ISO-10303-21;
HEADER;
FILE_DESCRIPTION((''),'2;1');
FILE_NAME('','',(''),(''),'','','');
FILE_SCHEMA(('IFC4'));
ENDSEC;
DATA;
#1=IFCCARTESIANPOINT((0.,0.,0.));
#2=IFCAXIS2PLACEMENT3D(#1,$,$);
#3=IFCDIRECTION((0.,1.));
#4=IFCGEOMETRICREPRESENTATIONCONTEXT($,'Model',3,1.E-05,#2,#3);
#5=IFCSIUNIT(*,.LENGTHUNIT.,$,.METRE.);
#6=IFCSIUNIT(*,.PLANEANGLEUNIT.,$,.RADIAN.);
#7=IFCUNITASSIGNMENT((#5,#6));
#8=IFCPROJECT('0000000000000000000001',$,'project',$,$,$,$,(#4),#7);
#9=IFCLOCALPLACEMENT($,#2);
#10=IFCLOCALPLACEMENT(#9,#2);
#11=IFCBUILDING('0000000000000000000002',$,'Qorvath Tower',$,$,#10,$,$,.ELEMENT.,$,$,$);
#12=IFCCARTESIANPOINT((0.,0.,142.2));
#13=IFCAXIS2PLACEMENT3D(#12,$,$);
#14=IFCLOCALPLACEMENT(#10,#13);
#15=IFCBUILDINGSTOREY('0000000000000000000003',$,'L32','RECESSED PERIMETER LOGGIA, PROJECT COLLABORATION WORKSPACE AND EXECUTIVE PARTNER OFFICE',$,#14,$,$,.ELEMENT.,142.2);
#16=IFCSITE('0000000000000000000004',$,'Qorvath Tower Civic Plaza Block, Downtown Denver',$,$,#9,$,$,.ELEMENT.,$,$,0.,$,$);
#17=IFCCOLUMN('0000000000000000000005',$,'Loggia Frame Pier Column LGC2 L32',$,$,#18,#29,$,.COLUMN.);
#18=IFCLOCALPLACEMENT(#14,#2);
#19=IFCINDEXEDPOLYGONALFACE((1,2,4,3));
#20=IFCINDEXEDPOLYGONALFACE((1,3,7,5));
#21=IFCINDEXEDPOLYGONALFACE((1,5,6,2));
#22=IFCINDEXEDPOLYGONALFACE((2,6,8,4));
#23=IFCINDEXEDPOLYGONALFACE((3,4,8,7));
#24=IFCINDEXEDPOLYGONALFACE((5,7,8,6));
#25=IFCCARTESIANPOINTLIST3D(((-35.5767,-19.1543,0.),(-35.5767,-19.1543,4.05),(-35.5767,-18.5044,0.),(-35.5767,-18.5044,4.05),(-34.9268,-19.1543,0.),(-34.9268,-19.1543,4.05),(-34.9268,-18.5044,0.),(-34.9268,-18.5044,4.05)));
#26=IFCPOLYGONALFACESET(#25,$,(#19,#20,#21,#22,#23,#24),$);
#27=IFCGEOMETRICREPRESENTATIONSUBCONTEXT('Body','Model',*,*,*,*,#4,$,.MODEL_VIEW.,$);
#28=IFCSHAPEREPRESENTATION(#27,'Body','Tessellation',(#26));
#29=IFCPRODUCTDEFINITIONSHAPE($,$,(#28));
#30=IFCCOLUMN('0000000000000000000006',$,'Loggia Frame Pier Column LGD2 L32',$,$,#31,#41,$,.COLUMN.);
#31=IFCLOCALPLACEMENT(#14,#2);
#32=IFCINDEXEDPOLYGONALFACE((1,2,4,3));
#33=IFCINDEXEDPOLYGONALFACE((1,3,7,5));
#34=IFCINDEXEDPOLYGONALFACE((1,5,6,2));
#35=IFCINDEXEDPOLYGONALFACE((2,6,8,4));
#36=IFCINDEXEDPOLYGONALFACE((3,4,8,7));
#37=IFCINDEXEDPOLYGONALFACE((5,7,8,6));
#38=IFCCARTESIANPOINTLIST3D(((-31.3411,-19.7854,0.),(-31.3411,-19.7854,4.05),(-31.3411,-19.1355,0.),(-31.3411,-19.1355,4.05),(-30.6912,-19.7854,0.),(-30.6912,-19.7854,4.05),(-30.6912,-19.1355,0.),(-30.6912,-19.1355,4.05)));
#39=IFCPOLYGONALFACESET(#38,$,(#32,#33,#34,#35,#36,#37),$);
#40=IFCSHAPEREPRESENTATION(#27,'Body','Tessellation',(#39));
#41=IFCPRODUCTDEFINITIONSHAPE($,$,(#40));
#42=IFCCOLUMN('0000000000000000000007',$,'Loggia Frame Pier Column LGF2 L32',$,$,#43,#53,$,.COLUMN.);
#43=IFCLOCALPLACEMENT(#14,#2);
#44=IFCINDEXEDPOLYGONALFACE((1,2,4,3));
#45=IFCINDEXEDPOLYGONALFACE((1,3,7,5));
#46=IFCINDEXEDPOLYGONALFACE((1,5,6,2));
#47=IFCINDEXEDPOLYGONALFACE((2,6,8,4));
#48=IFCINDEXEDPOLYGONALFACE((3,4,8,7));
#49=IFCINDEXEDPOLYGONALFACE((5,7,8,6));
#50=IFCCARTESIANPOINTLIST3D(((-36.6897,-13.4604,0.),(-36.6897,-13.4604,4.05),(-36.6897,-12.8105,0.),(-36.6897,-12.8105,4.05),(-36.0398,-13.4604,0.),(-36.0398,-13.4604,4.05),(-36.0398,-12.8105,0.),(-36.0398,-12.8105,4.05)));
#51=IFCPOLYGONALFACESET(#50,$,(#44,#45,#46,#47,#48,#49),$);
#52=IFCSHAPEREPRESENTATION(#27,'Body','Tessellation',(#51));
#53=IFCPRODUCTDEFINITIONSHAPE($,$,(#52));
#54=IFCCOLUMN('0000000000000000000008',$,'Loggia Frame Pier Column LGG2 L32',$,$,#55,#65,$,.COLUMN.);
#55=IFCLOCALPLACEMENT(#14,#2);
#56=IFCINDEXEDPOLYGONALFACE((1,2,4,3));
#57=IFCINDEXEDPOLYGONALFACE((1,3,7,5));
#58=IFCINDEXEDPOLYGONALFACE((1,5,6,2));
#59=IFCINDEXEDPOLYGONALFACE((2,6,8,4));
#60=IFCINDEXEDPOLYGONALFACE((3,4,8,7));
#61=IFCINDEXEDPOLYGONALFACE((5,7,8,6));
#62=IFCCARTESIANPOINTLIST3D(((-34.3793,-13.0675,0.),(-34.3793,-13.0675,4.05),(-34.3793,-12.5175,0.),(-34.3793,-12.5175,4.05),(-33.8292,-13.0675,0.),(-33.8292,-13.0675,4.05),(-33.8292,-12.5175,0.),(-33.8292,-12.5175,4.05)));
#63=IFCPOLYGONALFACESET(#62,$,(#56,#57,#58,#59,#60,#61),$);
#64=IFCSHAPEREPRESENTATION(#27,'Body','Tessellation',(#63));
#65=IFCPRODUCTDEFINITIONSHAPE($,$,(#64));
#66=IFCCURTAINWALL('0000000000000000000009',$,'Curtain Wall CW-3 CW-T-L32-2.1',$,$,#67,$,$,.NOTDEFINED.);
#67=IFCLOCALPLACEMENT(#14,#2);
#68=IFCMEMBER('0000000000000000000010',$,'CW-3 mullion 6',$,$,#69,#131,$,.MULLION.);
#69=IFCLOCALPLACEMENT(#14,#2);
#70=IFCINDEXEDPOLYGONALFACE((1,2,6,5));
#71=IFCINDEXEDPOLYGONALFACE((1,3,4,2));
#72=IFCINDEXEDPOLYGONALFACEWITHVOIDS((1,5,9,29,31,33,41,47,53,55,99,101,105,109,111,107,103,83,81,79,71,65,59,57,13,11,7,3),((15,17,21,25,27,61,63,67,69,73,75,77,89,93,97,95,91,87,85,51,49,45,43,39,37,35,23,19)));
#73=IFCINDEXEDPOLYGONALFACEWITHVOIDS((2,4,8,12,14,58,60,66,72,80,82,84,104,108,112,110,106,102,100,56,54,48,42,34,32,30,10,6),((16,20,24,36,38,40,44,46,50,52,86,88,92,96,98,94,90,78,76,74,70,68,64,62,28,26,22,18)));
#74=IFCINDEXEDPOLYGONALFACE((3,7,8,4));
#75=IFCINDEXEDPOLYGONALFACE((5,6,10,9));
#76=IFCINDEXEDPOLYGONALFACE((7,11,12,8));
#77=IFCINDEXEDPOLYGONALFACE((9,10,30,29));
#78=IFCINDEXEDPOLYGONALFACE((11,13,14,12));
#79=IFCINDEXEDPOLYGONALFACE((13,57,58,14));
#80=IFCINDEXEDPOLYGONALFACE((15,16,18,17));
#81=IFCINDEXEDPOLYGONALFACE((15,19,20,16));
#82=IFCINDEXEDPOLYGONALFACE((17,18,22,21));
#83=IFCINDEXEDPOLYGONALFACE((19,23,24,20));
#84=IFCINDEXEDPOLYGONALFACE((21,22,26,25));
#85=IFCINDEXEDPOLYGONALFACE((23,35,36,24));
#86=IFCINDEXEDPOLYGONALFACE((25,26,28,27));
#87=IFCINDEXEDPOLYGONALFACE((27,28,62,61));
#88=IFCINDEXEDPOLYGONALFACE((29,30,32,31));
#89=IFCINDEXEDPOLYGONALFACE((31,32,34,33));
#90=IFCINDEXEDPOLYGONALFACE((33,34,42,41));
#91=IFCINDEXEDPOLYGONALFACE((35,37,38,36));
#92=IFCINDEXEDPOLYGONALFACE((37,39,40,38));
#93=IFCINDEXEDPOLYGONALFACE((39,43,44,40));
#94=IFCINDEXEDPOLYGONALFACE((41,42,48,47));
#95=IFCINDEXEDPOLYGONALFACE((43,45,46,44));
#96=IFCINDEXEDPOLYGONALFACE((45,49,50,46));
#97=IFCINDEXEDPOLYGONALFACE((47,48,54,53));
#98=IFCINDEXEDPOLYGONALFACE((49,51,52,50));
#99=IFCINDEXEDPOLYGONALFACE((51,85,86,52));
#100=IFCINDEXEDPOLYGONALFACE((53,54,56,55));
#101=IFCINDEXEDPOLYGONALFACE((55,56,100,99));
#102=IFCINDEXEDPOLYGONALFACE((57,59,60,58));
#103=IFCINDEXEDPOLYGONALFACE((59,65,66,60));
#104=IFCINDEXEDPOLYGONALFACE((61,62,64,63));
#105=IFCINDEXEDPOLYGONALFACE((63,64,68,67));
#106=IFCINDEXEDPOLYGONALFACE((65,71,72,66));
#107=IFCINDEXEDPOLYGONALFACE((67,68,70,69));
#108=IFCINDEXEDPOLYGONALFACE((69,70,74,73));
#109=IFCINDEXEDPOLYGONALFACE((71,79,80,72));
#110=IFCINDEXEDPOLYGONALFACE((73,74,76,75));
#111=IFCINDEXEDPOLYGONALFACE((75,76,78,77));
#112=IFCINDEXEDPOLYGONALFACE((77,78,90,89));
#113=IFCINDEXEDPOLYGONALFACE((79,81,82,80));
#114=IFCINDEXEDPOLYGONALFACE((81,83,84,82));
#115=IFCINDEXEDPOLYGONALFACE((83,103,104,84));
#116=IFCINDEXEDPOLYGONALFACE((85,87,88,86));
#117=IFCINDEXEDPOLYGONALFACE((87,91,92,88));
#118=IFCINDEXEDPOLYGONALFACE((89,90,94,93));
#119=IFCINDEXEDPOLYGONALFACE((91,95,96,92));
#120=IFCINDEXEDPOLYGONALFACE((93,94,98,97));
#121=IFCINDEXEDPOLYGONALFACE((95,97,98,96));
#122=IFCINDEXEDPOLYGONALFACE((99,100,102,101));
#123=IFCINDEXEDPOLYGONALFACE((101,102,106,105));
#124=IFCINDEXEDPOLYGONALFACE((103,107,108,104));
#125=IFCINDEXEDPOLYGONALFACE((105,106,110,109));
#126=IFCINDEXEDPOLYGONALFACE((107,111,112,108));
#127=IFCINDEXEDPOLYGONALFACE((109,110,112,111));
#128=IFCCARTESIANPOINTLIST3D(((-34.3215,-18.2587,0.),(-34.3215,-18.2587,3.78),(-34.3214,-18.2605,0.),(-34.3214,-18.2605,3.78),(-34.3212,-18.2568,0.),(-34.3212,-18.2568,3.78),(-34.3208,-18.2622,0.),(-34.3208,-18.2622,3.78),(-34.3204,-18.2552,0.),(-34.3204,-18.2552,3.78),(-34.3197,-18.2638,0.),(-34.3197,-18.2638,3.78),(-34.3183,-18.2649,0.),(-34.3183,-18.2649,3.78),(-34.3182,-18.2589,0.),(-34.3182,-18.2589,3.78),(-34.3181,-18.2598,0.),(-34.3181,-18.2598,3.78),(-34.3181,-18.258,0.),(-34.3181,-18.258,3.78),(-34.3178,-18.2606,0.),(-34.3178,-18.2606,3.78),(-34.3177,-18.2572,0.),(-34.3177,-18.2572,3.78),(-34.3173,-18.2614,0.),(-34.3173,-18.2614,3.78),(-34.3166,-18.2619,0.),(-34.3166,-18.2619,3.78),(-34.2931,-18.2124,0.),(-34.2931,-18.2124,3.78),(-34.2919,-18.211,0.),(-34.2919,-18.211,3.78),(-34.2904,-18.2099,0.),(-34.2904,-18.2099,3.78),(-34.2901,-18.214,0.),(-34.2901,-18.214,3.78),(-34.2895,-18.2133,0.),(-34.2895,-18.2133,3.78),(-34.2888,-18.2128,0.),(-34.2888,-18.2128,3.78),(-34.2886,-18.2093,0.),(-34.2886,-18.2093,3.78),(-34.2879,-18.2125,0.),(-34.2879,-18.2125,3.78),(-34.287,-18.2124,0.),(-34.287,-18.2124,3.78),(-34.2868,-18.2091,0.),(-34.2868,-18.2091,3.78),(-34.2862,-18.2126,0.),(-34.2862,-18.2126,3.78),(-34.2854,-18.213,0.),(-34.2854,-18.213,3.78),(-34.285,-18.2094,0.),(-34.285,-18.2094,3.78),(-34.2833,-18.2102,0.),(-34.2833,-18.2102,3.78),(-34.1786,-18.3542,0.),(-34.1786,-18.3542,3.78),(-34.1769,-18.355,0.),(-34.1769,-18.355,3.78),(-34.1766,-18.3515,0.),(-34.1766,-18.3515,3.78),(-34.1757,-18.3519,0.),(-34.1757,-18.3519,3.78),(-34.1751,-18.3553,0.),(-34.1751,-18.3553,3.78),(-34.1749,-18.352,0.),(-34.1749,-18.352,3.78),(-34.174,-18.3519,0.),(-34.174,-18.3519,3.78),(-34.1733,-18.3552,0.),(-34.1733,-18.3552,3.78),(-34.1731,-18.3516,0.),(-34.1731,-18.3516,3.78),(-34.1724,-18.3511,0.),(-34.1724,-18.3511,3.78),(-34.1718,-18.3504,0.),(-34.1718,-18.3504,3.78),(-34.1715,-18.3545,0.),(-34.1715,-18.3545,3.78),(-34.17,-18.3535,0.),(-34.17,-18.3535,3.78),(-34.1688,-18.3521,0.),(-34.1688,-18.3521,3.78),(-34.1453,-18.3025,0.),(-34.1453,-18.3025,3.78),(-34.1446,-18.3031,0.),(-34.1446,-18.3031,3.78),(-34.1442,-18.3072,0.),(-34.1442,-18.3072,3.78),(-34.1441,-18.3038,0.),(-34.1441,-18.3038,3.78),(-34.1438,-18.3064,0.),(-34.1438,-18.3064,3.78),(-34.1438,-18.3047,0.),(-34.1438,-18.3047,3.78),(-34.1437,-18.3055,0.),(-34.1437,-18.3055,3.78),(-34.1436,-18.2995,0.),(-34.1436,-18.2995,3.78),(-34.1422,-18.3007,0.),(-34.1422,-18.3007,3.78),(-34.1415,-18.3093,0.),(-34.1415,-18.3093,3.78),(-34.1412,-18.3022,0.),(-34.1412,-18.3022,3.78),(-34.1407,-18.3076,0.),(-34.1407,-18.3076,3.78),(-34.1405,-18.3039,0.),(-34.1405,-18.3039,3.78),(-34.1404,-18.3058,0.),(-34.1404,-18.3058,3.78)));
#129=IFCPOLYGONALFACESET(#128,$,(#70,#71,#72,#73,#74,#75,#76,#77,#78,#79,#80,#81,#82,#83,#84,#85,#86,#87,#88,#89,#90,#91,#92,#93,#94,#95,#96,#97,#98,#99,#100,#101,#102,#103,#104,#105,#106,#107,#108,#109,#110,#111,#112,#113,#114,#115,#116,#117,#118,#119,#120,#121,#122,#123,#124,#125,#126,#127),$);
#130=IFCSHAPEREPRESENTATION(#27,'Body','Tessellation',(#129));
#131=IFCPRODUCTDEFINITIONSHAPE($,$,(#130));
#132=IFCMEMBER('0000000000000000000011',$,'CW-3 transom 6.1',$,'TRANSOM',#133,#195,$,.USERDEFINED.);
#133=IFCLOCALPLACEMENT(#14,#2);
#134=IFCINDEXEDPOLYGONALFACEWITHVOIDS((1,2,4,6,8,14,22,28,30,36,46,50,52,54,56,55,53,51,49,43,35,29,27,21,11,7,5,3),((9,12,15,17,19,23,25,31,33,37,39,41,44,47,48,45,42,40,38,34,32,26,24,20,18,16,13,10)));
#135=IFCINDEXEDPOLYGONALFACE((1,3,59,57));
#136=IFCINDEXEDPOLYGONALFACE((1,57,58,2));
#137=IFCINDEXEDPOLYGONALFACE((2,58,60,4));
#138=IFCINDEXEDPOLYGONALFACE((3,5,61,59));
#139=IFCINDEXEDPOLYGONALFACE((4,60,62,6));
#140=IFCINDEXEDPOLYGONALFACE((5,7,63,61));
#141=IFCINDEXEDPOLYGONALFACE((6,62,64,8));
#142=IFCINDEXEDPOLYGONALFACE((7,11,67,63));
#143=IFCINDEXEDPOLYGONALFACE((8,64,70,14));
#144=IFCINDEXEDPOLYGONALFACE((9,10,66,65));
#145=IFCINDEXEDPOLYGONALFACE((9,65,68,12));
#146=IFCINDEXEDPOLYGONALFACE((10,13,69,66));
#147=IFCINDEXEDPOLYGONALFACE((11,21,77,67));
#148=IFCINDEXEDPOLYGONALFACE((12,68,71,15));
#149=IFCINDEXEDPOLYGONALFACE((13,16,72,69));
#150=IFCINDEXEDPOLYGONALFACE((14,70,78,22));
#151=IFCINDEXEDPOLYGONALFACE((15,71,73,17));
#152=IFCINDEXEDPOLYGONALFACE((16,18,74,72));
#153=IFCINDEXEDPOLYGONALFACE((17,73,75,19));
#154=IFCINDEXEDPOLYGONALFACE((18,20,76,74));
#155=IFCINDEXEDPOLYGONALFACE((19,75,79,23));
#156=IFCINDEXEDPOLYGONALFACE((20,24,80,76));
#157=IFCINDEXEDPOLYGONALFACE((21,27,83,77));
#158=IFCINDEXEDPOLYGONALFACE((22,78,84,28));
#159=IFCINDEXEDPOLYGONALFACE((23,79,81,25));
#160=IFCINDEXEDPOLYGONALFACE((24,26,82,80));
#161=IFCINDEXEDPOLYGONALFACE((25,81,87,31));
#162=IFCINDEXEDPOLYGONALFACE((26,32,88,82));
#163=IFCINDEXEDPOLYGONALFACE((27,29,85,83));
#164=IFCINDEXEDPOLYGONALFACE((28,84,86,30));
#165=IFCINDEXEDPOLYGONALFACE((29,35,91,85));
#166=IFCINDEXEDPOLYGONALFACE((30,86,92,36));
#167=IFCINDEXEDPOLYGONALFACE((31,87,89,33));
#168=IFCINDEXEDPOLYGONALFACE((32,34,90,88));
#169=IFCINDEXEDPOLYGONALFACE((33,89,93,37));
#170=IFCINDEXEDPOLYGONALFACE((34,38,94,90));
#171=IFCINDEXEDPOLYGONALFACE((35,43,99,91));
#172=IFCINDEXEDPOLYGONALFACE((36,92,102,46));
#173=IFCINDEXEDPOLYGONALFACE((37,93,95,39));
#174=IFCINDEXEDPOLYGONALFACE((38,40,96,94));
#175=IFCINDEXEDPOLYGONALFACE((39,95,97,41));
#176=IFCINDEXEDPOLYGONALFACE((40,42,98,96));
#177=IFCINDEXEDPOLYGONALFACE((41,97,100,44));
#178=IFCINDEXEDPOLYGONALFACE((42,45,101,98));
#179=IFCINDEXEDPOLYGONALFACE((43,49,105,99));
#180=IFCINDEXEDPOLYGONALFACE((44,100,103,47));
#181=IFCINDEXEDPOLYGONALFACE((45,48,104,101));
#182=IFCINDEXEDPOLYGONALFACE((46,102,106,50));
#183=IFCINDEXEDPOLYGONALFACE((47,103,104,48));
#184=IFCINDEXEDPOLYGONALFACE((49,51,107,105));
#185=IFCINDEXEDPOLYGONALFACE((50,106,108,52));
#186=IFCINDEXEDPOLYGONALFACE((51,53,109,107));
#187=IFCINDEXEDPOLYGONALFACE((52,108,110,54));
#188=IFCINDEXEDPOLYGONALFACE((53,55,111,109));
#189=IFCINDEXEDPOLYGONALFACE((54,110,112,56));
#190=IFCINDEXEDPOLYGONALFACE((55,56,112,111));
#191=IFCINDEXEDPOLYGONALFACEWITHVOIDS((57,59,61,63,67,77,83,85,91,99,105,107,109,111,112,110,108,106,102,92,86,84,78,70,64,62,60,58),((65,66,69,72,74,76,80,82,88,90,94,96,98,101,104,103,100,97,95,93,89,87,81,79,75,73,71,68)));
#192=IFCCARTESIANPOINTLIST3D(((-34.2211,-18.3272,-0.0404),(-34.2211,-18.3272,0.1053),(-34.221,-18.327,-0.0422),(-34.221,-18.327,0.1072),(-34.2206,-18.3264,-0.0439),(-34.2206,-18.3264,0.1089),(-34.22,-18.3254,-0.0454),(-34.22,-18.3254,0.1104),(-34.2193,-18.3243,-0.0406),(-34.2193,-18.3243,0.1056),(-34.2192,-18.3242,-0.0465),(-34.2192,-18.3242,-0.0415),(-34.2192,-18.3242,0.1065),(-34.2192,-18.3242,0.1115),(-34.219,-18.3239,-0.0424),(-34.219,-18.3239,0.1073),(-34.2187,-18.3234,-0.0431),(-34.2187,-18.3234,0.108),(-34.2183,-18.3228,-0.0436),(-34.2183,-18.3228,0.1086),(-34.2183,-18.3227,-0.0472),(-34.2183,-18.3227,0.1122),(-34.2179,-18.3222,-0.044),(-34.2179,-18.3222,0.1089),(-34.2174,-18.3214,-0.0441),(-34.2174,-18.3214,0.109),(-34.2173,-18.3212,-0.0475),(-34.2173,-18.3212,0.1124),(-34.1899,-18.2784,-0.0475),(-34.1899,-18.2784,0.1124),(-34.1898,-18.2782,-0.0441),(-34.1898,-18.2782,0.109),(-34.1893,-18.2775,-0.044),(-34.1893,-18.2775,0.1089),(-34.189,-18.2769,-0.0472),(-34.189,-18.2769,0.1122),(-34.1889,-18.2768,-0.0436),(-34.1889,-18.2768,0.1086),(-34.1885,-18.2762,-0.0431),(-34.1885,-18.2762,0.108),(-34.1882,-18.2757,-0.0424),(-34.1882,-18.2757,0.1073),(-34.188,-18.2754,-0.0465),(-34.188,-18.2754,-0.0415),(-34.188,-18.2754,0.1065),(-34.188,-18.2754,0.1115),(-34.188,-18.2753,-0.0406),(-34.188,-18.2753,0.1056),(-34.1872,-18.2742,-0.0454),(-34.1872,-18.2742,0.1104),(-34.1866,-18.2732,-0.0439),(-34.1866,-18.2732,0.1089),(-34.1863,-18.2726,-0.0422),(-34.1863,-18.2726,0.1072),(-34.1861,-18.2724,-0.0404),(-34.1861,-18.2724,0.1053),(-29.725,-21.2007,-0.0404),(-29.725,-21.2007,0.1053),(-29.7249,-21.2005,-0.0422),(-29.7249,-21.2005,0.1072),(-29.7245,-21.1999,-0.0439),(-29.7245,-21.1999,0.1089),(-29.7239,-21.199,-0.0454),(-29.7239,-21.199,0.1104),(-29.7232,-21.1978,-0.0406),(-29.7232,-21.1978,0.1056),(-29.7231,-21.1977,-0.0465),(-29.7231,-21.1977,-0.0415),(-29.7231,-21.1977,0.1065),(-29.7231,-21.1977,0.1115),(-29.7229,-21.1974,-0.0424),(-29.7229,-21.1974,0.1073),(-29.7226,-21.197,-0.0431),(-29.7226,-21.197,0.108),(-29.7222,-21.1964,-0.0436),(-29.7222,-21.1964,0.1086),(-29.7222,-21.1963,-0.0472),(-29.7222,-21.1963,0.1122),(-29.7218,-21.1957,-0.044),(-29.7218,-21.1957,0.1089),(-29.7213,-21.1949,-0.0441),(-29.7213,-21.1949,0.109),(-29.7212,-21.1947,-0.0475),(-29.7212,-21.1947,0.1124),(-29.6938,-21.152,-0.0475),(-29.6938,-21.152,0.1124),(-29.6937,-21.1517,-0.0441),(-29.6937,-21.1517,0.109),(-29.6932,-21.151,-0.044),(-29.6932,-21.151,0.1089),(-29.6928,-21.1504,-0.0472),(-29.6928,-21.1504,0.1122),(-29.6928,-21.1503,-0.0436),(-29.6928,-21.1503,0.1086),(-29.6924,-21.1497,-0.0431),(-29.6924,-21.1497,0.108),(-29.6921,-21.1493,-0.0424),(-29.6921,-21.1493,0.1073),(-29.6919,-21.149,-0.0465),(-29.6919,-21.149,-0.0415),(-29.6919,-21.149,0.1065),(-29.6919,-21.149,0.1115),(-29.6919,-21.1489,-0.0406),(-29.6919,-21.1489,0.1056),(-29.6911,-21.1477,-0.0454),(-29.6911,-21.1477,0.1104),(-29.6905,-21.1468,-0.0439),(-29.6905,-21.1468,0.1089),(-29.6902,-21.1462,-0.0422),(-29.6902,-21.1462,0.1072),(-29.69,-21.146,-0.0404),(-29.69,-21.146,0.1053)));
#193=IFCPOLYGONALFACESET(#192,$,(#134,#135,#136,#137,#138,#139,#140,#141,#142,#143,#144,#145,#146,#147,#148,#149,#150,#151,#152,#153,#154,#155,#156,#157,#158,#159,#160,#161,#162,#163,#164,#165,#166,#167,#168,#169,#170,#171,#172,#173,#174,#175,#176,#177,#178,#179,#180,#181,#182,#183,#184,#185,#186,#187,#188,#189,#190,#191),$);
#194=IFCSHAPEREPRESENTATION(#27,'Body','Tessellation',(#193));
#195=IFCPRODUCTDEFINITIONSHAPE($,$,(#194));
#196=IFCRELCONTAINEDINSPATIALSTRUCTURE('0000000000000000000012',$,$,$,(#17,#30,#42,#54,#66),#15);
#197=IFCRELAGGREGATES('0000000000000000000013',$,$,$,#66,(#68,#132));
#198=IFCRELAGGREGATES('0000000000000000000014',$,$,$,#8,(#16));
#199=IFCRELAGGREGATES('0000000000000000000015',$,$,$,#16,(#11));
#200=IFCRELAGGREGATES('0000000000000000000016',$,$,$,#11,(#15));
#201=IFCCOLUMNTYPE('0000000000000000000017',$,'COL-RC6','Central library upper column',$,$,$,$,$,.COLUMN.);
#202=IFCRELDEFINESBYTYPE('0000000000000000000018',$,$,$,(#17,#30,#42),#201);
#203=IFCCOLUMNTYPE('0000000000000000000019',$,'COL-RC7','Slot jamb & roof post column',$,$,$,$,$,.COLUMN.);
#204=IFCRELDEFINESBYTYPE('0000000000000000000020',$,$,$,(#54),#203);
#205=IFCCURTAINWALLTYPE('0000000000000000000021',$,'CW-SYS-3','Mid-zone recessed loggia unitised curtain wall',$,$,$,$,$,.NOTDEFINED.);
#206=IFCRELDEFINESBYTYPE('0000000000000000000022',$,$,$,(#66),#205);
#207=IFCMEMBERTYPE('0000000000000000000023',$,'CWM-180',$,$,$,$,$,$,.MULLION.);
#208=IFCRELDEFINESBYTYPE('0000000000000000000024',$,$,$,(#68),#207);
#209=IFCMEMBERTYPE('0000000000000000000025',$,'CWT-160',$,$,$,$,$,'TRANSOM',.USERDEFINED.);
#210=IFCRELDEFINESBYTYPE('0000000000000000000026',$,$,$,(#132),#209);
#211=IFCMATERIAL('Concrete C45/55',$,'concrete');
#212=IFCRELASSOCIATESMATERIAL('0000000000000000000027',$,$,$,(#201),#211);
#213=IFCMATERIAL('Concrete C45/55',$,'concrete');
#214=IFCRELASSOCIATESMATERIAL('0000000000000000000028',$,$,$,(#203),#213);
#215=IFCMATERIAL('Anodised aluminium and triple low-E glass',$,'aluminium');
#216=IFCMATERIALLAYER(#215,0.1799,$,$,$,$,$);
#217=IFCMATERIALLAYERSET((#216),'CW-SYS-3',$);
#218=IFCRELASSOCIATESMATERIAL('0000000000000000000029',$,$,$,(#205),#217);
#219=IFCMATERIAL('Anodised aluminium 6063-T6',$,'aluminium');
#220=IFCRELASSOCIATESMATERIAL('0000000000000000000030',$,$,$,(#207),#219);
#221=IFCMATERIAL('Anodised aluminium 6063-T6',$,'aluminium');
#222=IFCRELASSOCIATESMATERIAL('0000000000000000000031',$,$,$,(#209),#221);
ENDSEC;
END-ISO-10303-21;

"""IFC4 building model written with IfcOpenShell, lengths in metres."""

from ifc_helpers import new_model, si_unit, direction, frame, origin, origin_2d, place, context, subcontext, project, spatial, rectangle, hollow_rectangle, extrude, material, layer, layer_set, material_profile, profile_set, type_object, element, aggregate, save


model = new_model("IFC4")

# Units and contexts
model_context = context("Model", 3, precision=1e-05, world=origin(), true_north=direction((0.0, 1.0)))
body_context = subcontext(model_context, "Body", "Model", "MODEL_VIEW")
ifc_project = project(units=[si_unit("LENGTHUNIT", "METRE"), si_unit("PLANEANGLEUNIT", "RADIAN")], contexts=[model_context])

# Site, building, storey
site_placement = place(None, origin())
site = spatial("IfcSite", under=ifc_project, at=site_placement, Name="Qorvath Tower Civic Plaza Block, Downtown Denver", CompositionType="ELEMENT", RefElevation=0.0)
building_placement = place(site_placement, origin())
building = spatial("IfcBuilding", under=site, at=building_placement, Name="Qorvath Tower", CompositionType="ELEMENT")
storey_placement = place(building_placement, frame((0.0, 0.0, 142.2)))
storey = spatial("IfcBuildingStorey", under=building, at=storey_placement, Name="L32", Description="RECESSED PERIMETER LOGGIA, PROJECT COLLABORATION WORKSPACE AND EXECUTIVE PARTNER OFFICE", CompositionType="ELEMENT", Elevation=142.2)

# Columns
ifc_material_1 = material(Name="Concrete C45/55", Category="concrete")
ifc_material_profile_1 = material_profile(ifc_material_1, rectangle(XDim=0.6499, YDim=0.6499, at=origin_2d()), Name="RC 650x650")
ifc_profile_set_1 = profile_set([ifc_material_profile_1], Name="Concrete C45/55")
column_type_1 = type_object("IfcColumnType", Name="COL-RC6", Description="Central library upper column", PredefinedType="COLUMN", material=ifc_profile_set_1)
for number, where, z_axis, x_axis, name in (
    (1, (-35.2517, -18.8293, 0.0), (0.0, 0.0, 1.0), (1.0, 0.0, 0.0), "Loggia Frame Pier Column LGC2 L32"),
    (2, (-31.0161, -19.4604, 0.0), (0.0, 0.0, 1.0), (1.0, 0.0, 0.0), "Loggia Frame Pier Column LGD2 L32"),
    (3, (-36.3647, -13.1355, 0.0), (0.0, 0.0, 1.0), (1.0, 0.0, 0.0), "Loggia Frame Pier Column LGF2 L32"),
):
    element("IfcColumn", number, at=place(storey_placement, frame(where, z_axis=z_axis, x_axis=x_axis)), inside=storey, type_object=column_type_1, Name=name, PredefinedType="COLUMN", context=body_context, shape_type="SweptSolid", body=[
        extrude(rectangle(XDim=0.6499, YDim=0.6499, at=origin_2d()), origin(), (0.0, 0.0, 1.0), 4.05),
    ])
ifc_material_2 = material(Name="Concrete C45/55", Category="concrete")
ifc_material_profile_2 = material_profile(ifc_material_2, rectangle(XDim=0.55, YDim=0.55, at=origin_2d()), Name="RC 550x550")
ifc_profile_set_2 = profile_set([ifc_material_profile_2], Name="Concrete C45/55")
column_type_2 = type_object("IfcColumnType", Name="COL-RC7", Description="Slot jamb & roof post column", PredefinedType="COLUMN", material=ifc_profile_set_2)
column_placement = place(storey_placement, frame((-34.1042, -12.7925, 0.0), z_axis=(0.0, 0.0, 1.0), x_axis=(1.0, 0.0, 0.0)))
element("IfcColumn", 4, at=column_placement, inside=storey, type_object=column_type_2, Name="Loggia Frame Pier Column LGG2 L32", PredefinedType="COLUMN", context=body_context, shape_type="SweptSolid", body=[
    extrude(rectangle(XDim=0.55, YDim=0.55, at=origin_2d()), origin(), (0.0, 0.0, 1.0), 4.05),
])

# Curtain wall, members
ifc_material_3 = material(Name="Anodised aluminium and triple low-E glass", Category="aluminium")
ifc_layer_1 = layer(ifc_material_3, 0.1799)
ifc_layer_set_1 = layer_set([ifc_layer_1], Name="CW-SYS-3")
curtain_wall_type = type_object("IfcCurtainWallType", Name="CW-SYS-3", Description="Mid-zone recessed loggia unitised curtain wall", PredefinedType="NOTDEFINED", material=ifc_layer_set_1)
curtain_wall_placement = place(storey_placement, origin())
curtain_wall = element("IfcCurtainWall", 5, at=curtain_wall_placement, inside=storey, type_object=curtain_wall_type, Name="Curtain Wall CW-3 CW-T-L32-2.1", PredefinedType="NOTDEFINED")
ifc_material_4 = material(Name="Anodised aluminium 6063-T6", Category="aluminium")
ifc_material_profile_3 = material_profile(ifc_material_4, hollow_rectangle(XDim=0.0649, YDim=0.1799, WallThickness=0.0034, InnerFilletRadius=0.0034, OuterFilletRadius=0.0071, at=origin_2d()), Name="CWM 180x65")
ifc_profile_set_3 = profile_set([ifc_material_profile_3], Name="Anodised aluminium 6063-T6")
member_type_1 = type_object("IfcMemberType", Name="CWM-180", PredefinedType="MULLION", material=ifc_profile_set_3)
member_1_placement = place(storey_placement, frame((-34.231, -18.2822, 0.0), z_axis=(0.0, 0.0, 1.0), x_axis=(0.538533, 0.842604, 0.0)))
member_1 = element("IfcMember", 6, at=member_1_placement, type_object=member_type_1, Name="CW-3 mullion 6", PredefinedType="MULLION", context=body_context, shape_type="SweptSolid", body=[
    extrude(hollow_rectangle(XDim=0.0649, YDim=0.1799, WallThickness=0.0034, InnerFilletRadius=0.0034, OuterFilletRadius=0.0071, at=origin_2d()), origin(), (0.0, 0.0, 1.0), 3.78),
])
ifc_material_5 = material(Name="Anodised aluminium 6063-T6", Category="aluminium")
ifc_material_profile_4 = material_profile(ifc_material_5, hollow_rectangle(XDim=0.0649, YDim=0.1599, WallThickness=0.0034, InnerFilletRadius=0.0034, OuterFilletRadius=0.0071, at=origin_2d()), Name="CWT 160x65")
ifc_profile_set_4 = profile_set([ifc_material_profile_4], Name="Anodised aluminium 6063-T6")
member_type_2 = type_object("IfcMemberType", Name="CWT-160", ElementType="TRANSOM", PredefinedType="USERDEFINED", material=ifc_profile_set_4)
member_2_placement = place(storey_placement, frame((-34.2036, -18.2998, 0.0325), z_axis=(0.842609, -0.538526, 0.0), x_axis=(0.538526, 0.842609, 0.0)))
member_2 = element("IfcMember", 7, at=member_2_placement, type_object=member_type_2, Name="CW-3 transom 6.1", ObjectType="TRANSOM", PredefinedType="USERDEFINED", context=body_context, shape_type="SweptSolid", body=[
    extrude(hollow_rectangle(XDim=0.0649, YDim=0.1599, WallThickness=0.0034, InnerFilletRadius=0.0034, OuterFilletRadius=0.0071, at=origin_2d()), origin(), (0.0, 0.0, 1.0), 5.3359),
])
aggregate(curtain_wall, [member_1, member_2])

save(model, "model.ifc")
